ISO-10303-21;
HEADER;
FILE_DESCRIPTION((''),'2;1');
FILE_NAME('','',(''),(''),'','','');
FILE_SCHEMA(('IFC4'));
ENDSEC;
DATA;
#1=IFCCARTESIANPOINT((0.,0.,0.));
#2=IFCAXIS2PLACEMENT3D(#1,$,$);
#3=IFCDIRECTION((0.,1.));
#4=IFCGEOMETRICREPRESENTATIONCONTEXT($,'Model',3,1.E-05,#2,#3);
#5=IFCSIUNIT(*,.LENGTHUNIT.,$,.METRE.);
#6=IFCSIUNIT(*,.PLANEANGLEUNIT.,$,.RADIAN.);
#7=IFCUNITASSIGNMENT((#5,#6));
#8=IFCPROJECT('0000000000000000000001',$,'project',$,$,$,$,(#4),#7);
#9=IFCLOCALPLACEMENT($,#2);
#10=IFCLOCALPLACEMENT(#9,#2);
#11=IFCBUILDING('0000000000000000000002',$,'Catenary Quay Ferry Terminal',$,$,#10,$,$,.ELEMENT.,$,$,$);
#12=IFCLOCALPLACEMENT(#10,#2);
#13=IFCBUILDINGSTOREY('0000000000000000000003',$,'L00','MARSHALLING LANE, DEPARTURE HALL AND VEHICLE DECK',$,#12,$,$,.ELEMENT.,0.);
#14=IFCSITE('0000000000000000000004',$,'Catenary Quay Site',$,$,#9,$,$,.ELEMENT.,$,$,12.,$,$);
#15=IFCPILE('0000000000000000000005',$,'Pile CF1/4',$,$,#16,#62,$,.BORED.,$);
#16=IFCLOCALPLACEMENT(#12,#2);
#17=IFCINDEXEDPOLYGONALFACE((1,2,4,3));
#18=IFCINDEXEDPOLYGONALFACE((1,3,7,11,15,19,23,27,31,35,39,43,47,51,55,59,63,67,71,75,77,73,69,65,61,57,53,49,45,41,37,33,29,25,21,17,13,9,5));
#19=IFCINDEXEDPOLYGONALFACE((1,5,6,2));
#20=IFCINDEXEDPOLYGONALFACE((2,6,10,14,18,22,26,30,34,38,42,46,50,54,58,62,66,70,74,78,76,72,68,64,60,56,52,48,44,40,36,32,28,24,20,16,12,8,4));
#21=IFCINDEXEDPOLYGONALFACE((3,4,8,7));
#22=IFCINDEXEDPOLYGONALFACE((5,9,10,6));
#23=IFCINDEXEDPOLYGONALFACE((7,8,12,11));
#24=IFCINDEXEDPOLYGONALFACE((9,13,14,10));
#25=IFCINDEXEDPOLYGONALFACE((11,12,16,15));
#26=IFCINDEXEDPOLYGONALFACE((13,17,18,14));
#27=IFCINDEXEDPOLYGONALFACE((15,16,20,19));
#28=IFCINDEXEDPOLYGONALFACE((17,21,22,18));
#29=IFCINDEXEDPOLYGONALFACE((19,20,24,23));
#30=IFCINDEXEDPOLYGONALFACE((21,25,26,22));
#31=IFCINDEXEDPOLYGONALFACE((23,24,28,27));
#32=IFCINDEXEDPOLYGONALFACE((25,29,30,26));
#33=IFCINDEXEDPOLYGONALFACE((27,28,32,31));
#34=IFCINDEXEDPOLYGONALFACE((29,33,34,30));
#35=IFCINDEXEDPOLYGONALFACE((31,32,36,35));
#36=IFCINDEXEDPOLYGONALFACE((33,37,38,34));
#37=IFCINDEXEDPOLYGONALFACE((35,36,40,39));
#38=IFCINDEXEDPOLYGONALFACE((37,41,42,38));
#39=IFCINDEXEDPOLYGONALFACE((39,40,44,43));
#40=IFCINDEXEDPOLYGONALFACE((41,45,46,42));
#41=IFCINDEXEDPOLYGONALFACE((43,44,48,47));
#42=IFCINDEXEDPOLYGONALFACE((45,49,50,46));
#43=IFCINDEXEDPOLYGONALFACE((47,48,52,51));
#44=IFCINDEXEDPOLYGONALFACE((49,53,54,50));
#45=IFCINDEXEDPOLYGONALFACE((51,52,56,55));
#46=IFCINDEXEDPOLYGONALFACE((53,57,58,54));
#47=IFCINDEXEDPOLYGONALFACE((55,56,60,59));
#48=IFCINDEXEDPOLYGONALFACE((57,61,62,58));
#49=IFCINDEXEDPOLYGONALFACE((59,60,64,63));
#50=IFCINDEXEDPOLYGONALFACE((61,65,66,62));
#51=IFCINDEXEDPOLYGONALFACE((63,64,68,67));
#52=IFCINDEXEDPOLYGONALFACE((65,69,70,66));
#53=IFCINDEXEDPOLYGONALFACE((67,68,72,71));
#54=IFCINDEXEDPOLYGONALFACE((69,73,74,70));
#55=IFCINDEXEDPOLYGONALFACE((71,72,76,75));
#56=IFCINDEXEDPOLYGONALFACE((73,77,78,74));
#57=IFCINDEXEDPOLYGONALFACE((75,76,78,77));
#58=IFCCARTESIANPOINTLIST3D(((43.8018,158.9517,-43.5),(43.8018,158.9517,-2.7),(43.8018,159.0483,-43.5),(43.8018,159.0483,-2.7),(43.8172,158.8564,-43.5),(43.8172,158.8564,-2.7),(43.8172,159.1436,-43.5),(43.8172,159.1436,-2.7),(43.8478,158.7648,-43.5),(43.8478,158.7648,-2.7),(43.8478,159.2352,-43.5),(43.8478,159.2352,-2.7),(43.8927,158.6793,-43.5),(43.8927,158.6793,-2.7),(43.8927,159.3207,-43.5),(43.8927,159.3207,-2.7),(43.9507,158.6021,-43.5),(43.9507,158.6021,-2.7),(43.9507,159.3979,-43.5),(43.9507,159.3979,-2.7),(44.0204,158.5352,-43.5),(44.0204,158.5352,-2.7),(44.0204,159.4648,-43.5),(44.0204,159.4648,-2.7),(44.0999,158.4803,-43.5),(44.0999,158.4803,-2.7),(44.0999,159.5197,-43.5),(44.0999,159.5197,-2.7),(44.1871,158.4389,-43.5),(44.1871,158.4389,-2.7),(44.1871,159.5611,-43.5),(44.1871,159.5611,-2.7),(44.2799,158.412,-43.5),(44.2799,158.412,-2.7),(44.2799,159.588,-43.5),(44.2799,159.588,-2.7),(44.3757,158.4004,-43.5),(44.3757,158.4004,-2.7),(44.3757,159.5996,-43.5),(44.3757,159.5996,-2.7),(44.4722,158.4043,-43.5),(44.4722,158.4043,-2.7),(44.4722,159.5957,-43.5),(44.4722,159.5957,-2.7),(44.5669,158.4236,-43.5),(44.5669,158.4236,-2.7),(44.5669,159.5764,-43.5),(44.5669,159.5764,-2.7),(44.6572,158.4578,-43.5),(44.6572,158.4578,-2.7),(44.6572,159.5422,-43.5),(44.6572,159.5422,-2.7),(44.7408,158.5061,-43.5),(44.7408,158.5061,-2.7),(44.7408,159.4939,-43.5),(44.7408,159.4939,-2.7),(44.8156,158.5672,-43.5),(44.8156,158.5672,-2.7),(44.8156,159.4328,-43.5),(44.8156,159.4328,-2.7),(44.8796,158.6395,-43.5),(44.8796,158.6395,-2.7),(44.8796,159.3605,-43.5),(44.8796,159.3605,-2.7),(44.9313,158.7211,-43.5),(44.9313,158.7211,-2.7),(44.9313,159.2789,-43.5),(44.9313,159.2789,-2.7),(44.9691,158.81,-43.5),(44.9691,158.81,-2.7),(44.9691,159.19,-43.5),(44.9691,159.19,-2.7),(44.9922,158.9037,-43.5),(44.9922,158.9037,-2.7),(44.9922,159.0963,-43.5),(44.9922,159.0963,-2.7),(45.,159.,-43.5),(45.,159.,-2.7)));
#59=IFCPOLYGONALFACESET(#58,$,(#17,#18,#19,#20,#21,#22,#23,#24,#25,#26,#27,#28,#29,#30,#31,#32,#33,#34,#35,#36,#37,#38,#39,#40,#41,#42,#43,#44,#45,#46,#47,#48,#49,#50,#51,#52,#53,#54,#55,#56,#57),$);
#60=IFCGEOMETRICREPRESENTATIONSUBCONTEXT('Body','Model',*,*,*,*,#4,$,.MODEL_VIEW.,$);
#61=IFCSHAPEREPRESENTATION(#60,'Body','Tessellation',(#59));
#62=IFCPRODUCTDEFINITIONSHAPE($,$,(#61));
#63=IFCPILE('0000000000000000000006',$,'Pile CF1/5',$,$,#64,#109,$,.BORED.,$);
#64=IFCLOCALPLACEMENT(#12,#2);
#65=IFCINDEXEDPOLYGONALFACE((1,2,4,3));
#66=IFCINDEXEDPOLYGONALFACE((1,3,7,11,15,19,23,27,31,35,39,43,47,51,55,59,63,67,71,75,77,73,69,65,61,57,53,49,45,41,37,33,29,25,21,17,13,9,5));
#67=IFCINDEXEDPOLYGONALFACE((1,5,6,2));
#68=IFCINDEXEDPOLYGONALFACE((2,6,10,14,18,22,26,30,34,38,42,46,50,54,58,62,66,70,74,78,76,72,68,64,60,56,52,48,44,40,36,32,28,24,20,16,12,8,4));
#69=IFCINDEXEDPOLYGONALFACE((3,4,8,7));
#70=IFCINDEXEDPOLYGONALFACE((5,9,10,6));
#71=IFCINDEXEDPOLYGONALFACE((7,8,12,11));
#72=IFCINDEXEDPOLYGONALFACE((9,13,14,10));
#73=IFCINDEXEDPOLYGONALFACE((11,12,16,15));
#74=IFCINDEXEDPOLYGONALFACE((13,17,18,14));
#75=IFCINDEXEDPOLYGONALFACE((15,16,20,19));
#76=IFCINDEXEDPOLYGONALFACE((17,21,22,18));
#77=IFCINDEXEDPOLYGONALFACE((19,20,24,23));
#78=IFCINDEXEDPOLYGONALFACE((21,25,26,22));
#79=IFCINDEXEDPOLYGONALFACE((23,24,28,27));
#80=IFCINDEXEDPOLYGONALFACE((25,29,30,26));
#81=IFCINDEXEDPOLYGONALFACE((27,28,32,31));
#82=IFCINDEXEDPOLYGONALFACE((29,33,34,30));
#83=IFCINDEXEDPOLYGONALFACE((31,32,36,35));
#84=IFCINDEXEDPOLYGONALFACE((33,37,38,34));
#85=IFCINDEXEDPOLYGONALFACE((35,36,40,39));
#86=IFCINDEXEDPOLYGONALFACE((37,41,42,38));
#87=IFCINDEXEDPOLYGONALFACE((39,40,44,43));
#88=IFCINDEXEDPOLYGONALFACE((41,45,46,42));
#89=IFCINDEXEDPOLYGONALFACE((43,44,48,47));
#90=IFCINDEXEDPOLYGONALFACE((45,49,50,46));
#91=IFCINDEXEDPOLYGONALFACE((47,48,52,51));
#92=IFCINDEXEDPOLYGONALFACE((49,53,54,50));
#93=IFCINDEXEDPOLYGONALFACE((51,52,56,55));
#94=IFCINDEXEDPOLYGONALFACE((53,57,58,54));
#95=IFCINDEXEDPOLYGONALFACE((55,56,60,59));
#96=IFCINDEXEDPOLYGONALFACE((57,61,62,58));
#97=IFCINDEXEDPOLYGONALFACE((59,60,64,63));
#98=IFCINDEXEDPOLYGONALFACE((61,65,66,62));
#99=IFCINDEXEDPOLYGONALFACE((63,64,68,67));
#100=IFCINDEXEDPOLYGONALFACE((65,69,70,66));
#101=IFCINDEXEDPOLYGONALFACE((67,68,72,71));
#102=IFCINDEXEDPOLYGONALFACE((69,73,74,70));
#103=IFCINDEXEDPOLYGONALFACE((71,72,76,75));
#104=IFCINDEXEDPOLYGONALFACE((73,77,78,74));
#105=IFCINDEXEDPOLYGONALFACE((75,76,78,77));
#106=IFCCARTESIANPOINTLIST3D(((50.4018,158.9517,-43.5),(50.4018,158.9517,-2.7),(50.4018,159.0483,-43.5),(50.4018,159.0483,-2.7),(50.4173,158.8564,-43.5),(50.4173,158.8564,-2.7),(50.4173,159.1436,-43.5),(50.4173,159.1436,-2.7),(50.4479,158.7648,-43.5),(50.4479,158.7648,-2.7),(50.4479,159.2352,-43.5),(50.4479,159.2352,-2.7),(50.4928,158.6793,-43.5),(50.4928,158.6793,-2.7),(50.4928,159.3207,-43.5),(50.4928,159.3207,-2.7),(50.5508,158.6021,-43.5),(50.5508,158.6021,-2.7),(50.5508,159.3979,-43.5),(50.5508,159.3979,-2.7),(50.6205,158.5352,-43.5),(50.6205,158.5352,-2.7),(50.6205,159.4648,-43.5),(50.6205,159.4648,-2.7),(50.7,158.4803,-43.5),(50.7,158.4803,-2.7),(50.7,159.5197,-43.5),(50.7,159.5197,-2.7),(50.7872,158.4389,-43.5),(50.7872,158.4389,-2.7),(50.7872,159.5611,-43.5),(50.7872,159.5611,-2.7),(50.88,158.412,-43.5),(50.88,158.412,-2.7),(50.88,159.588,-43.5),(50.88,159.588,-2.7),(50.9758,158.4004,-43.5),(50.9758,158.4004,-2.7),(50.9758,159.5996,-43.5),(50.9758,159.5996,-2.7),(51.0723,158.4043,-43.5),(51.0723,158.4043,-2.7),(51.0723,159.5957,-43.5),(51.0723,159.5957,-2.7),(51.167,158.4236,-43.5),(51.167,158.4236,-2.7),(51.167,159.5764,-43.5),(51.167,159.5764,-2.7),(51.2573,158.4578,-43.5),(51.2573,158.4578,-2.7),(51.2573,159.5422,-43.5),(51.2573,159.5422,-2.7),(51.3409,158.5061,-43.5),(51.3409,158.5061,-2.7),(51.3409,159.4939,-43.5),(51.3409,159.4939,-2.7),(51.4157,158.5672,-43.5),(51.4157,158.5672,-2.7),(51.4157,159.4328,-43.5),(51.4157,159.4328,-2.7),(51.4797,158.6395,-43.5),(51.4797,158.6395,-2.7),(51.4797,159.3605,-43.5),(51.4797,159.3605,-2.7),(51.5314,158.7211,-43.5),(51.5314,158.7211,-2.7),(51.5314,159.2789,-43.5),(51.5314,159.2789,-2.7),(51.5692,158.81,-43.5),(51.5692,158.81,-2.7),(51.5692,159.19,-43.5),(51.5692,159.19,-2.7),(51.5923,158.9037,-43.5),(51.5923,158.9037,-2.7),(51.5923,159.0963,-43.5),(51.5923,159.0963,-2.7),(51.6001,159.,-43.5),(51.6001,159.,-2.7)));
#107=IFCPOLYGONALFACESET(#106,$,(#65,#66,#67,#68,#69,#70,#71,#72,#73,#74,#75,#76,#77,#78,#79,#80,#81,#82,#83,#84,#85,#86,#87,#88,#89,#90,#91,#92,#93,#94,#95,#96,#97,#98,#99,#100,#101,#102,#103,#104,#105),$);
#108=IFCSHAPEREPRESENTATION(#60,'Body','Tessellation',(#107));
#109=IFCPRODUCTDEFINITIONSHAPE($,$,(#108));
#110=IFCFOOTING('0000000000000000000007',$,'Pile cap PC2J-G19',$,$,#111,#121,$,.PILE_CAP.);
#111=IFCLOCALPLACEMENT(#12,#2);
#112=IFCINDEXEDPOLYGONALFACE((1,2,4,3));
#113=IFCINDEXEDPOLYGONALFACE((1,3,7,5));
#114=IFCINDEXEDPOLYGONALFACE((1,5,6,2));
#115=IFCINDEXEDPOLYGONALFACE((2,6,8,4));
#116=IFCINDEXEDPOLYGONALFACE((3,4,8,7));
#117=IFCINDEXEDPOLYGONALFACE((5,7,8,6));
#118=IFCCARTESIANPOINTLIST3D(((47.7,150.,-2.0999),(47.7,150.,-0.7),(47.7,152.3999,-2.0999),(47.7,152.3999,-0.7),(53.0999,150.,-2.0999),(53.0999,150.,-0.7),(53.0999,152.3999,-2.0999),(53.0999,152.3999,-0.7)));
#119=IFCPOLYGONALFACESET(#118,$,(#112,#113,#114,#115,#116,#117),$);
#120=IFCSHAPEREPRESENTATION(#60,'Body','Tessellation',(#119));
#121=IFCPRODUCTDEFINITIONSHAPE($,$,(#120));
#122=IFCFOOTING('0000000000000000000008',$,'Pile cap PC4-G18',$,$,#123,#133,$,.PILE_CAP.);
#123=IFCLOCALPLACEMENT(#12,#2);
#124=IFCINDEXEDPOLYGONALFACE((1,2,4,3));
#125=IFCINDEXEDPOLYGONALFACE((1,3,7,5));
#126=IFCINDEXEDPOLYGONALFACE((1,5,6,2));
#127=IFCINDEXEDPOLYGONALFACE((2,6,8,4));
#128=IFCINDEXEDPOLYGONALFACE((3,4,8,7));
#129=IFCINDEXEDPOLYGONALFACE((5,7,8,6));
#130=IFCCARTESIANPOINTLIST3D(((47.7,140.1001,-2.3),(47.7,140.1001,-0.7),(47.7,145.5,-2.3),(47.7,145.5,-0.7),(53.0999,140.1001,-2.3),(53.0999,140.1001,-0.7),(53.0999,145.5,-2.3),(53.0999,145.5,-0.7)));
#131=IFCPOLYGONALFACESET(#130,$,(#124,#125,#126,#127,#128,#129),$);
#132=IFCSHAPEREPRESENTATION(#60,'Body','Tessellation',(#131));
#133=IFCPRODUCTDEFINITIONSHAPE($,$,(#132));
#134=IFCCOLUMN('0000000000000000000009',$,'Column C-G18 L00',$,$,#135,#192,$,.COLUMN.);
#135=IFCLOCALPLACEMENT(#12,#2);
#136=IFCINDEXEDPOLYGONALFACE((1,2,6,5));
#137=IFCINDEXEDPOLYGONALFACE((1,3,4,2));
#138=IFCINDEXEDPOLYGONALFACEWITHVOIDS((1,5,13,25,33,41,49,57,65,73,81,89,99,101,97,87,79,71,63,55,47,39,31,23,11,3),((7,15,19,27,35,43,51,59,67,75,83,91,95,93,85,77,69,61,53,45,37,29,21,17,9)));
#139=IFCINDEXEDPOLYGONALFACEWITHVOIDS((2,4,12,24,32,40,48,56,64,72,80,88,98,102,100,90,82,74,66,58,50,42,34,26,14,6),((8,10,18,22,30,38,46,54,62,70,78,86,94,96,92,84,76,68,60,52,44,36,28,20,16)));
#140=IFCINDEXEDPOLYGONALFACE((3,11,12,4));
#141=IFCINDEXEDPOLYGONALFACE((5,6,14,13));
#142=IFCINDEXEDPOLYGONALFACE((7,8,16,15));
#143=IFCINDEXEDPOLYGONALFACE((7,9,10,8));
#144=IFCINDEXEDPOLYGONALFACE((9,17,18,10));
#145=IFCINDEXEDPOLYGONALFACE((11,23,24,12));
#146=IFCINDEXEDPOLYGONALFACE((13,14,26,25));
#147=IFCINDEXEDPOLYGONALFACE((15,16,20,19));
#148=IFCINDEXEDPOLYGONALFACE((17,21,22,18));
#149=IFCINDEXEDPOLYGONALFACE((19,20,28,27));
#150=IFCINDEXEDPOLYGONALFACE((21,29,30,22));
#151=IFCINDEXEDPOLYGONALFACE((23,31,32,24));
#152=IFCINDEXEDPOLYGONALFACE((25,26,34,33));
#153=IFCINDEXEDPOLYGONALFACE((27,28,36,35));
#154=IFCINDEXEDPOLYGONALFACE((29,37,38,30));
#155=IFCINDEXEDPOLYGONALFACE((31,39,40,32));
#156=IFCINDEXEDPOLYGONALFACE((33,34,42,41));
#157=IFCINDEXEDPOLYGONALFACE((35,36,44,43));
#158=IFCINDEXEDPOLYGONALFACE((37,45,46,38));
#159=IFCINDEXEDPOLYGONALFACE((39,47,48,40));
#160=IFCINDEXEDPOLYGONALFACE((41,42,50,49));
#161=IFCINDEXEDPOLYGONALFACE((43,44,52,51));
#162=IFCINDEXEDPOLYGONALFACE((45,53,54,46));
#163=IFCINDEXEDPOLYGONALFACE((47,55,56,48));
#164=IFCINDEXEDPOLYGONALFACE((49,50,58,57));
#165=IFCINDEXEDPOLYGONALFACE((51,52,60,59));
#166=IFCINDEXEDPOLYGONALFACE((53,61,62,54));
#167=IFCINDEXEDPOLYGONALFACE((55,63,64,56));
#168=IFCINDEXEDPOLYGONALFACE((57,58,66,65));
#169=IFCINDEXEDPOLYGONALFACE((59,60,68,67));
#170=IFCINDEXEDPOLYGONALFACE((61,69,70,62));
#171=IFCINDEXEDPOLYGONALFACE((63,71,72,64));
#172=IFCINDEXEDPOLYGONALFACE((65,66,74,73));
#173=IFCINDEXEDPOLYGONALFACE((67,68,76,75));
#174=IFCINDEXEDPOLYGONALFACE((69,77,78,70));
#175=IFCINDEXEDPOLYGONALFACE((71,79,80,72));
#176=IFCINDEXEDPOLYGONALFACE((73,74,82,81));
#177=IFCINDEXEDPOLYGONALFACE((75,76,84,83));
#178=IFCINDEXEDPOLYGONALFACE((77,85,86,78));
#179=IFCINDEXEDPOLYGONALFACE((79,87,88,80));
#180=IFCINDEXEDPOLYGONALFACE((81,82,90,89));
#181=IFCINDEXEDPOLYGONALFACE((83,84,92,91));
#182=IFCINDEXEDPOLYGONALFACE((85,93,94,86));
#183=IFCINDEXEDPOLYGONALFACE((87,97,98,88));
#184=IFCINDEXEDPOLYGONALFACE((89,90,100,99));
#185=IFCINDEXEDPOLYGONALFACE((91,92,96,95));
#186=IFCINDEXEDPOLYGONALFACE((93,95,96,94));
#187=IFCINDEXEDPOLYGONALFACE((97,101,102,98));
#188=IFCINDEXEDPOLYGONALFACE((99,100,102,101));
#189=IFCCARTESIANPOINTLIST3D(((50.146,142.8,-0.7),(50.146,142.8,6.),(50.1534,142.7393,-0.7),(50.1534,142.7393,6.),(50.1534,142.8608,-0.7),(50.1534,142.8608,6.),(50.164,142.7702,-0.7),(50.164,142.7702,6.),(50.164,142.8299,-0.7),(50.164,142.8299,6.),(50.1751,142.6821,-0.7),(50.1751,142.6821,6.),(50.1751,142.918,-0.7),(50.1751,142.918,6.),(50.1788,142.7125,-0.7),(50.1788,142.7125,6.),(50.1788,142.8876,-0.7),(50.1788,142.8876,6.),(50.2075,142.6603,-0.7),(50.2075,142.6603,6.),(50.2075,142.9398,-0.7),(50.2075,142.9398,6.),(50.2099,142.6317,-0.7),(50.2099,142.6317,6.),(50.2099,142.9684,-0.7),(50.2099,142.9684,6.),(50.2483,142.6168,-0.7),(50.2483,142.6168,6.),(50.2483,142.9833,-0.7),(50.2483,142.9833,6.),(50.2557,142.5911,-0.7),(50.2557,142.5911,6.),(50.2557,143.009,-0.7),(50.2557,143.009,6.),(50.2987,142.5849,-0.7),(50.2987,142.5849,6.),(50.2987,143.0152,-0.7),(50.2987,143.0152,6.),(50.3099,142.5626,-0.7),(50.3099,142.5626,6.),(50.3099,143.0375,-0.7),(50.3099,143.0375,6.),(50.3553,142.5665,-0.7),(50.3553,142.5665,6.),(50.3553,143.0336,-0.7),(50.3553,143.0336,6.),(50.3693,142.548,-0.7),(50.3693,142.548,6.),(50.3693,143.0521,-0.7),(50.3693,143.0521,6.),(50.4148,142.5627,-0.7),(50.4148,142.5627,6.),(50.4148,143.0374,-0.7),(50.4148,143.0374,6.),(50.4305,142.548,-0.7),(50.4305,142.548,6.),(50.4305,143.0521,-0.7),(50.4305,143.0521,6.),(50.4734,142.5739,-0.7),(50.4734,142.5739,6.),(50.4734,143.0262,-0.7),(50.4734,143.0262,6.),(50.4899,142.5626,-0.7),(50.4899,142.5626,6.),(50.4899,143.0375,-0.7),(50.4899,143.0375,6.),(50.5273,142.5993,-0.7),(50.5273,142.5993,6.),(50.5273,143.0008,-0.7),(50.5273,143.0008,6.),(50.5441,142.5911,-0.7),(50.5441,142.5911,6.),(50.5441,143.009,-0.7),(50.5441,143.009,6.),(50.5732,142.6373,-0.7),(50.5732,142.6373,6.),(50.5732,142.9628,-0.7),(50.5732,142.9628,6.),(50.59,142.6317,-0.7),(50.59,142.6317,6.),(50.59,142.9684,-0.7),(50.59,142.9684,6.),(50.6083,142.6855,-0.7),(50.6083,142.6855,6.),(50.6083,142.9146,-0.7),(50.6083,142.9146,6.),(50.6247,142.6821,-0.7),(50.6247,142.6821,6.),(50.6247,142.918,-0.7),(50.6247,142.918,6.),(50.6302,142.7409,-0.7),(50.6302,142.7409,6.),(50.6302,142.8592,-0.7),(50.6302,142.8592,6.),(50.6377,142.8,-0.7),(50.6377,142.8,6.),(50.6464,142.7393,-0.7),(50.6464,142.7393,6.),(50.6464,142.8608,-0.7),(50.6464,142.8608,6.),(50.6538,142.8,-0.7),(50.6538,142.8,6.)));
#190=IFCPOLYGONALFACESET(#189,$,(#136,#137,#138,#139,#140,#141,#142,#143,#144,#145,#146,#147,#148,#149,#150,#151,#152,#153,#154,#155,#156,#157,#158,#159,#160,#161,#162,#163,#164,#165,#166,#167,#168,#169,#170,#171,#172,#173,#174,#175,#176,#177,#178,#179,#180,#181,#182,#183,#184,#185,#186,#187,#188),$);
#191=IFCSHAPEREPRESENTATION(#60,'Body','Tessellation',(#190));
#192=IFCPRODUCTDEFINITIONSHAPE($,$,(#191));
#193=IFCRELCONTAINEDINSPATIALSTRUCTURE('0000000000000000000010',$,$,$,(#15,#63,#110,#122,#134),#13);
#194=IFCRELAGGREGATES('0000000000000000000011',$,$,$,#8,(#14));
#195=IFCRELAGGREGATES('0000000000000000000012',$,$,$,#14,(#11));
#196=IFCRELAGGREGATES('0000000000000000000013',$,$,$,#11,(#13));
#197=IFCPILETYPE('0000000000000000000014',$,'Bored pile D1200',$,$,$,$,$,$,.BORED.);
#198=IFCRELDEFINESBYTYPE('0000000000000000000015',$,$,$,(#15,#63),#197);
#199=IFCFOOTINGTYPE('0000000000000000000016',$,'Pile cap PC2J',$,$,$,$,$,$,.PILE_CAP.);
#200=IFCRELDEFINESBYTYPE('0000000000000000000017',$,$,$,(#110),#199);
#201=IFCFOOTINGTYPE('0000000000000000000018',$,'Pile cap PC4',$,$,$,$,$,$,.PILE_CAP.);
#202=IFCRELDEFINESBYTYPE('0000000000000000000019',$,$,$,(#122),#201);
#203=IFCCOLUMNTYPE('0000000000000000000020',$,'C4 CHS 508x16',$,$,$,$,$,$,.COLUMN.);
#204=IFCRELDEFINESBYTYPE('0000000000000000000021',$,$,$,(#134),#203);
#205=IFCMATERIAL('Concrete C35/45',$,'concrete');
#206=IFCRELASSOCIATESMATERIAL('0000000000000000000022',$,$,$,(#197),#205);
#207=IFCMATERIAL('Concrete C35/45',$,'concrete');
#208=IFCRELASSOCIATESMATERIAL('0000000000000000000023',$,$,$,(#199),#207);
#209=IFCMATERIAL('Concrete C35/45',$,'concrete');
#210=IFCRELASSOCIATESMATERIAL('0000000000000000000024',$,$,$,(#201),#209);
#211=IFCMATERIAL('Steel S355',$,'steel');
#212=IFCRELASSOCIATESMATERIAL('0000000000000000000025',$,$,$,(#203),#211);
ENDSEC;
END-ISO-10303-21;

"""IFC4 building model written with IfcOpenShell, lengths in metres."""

from ifc_helpers import new_model, si_unit, direction, frame, origin, origin_2d, place, context, subcontext, project, spatial, rectangle, circle, hollow_circle, extrude, material, material_profile, profile_set, type_object, element, save


model = new_model("IFC4")

# Units and contexts
model_context = context("Model", 3, precision=1e-05, world=origin(), true_north=direction((0.0, 1.0)))
body_context = subcontext(model_context, "Body", "Model", "MODEL_VIEW")
ifc_project = project(units=[si_unit("LENGTHUNIT", "METRE"), si_unit("PLANEANGLEUNIT", "RADIAN")], contexts=[model_context])

# Site, building, storey
site_placement = place(None, origin())
site = spatial("IfcSite", under=ifc_project, at=site_placement, Name="Catenary Quay Site", CompositionType="ELEMENT", RefElevation=12.0)
building_placement = place(site_placement, origin())
building = spatial("IfcBuilding", under=site, at=building_placement, Name="Catenary Quay Ferry Terminal", CompositionType="ELEMENT")
storey_placement = place(building_placement, origin())
storey = spatial("IfcBuildingStorey", under=building, at=storey_placement, Name="L00", Description="MARSHALLING LANE, DEPARTURE HALL AND VEHICLE DECK", CompositionType="ELEMENT", Elevation=0.0)

# Piles
ifc_material_1 = material(Name="Concrete C35/45", Category="concrete")
ifc_material_profile_1 = material_profile(ifc_material_1, circle(Radius=0.6001, at=origin_2d()), Name="D1200")
ifc_profile_set_1 = profile_set([ifc_material_profile_1], Name="Concrete C35/45")
pile_type = type_object("IfcPileType", Name="Bored pile D1200", PredefinedType="BORED", material=ifc_profile_set_1)
for number, where, z_axis, x_axis, name in (
    (1, (44.3999, 159.0, -2.7), (0.0, 0.0, -1.0), (1.0, 0.0, 0.0), "Pile CF1/4"),
    (2, (51.0, 159.0, -2.7), (0.0, 0.0, -1.0), (1.0, 0.0, 0.0), "Pile CF1/5"),
):
    element("IfcPile", number, at=place(storey_placement, frame(where, z_axis=z_axis, x_axis=x_axis)), inside=storey, type_object=pile_type, Name=name, PredefinedType="BORED", context=body_context, shape_type="SweptSolid", body=[
        extrude(circle(Radius=0.6001, at=origin_2d()), origin(), (0.0, 0.0, 1.0), 40.8),
    ])

# Footings
ifc_material_2 = material(Name="Concrete C35/45", Category="concrete")
footing_type_1 = type_object("IfcFootingType", Name="Pile cap PC2J", PredefinedType="PILE_CAP", material=ifc_material_2)
footing_1_placement = place(storey_placement, frame((50.3999, 151.2, -2.0999), z_axis=(0.0, 0.0, 1.0), x_axis=(1.0, 0.0, 0.0)))
element("IfcFooting", 3, at=footing_1_placement, inside=storey, type_object=footing_type_1, Name="Pile cap PC2J-G19", PredefinedType="PILE_CAP", context=body_context, shape_type="SweptSolid", body=[
    extrude(rectangle(XDim=5.3999, YDim=2.3999, at=origin_2d()), origin(), (0.0, 0.0, 1.0), 1.3999),
])
ifc_material_3 = material(Name="Concrete C35/45", Category="concrete")
footing_type_2 = type_object("IfcFootingType", Name="Pile cap PC4", PredefinedType="PILE_CAP", material=ifc_material_3)
footing_2_placement = place(storey_placement, frame((50.3999, 142.8, -2.3), z_axis=(0.0, 0.0, 1.0), x_axis=(1.0, 0.0, 0.0)))
element("IfcFooting", 4, at=footing_2_placement, inside=storey, type_object=footing_type_2, Name="Pile cap PC4-G18", PredefinedType="PILE_CAP", context=body_context, shape_type="SweptSolid", body=[
    extrude(rectangle(XDim=5.3999, YDim=5.3999, at=origin_2d()), origin(), (0.0, 0.0, 1.0), 1.6001),
])

# Column
ifc_material_4 = material(Name="Steel S355", Category="steel")
ifc_material_profile_2 = material_profile(ifc_material_4, hollow_circle(Radius=0.2539, WallThickness=0.0161, at=origin_2d()), Name="CHS 508x16")
ifc_profile_set_2 = profile_set([ifc_material_profile_2], Name="Steel S355")
column_type = type_object("IfcColumnType", Name="C4 CHS 508x16", PredefinedType="COLUMN", material=ifc_profile_set_2)
column_placement = place(storey_placement, frame((50.3999, 142.8, -0.7), z_axis=(0.0, 0.0, 1.0), x_axis=(1.0, 0.0, 0.0)))
element("IfcColumn", 5, at=column_placement, inside=storey, type_object=column_type, Name="Column C-G18 L00", PredefinedType="COLUMN", context=body_context, shape_type="SweptSolid", body=[
    extrude(hollow_circle(Radius=0.2539, WallThickness=0.0161, at=origin_2d()), origin(), (0.0, 0.0, 1.0), 6.7),
])

save(model, "model.ifc")
